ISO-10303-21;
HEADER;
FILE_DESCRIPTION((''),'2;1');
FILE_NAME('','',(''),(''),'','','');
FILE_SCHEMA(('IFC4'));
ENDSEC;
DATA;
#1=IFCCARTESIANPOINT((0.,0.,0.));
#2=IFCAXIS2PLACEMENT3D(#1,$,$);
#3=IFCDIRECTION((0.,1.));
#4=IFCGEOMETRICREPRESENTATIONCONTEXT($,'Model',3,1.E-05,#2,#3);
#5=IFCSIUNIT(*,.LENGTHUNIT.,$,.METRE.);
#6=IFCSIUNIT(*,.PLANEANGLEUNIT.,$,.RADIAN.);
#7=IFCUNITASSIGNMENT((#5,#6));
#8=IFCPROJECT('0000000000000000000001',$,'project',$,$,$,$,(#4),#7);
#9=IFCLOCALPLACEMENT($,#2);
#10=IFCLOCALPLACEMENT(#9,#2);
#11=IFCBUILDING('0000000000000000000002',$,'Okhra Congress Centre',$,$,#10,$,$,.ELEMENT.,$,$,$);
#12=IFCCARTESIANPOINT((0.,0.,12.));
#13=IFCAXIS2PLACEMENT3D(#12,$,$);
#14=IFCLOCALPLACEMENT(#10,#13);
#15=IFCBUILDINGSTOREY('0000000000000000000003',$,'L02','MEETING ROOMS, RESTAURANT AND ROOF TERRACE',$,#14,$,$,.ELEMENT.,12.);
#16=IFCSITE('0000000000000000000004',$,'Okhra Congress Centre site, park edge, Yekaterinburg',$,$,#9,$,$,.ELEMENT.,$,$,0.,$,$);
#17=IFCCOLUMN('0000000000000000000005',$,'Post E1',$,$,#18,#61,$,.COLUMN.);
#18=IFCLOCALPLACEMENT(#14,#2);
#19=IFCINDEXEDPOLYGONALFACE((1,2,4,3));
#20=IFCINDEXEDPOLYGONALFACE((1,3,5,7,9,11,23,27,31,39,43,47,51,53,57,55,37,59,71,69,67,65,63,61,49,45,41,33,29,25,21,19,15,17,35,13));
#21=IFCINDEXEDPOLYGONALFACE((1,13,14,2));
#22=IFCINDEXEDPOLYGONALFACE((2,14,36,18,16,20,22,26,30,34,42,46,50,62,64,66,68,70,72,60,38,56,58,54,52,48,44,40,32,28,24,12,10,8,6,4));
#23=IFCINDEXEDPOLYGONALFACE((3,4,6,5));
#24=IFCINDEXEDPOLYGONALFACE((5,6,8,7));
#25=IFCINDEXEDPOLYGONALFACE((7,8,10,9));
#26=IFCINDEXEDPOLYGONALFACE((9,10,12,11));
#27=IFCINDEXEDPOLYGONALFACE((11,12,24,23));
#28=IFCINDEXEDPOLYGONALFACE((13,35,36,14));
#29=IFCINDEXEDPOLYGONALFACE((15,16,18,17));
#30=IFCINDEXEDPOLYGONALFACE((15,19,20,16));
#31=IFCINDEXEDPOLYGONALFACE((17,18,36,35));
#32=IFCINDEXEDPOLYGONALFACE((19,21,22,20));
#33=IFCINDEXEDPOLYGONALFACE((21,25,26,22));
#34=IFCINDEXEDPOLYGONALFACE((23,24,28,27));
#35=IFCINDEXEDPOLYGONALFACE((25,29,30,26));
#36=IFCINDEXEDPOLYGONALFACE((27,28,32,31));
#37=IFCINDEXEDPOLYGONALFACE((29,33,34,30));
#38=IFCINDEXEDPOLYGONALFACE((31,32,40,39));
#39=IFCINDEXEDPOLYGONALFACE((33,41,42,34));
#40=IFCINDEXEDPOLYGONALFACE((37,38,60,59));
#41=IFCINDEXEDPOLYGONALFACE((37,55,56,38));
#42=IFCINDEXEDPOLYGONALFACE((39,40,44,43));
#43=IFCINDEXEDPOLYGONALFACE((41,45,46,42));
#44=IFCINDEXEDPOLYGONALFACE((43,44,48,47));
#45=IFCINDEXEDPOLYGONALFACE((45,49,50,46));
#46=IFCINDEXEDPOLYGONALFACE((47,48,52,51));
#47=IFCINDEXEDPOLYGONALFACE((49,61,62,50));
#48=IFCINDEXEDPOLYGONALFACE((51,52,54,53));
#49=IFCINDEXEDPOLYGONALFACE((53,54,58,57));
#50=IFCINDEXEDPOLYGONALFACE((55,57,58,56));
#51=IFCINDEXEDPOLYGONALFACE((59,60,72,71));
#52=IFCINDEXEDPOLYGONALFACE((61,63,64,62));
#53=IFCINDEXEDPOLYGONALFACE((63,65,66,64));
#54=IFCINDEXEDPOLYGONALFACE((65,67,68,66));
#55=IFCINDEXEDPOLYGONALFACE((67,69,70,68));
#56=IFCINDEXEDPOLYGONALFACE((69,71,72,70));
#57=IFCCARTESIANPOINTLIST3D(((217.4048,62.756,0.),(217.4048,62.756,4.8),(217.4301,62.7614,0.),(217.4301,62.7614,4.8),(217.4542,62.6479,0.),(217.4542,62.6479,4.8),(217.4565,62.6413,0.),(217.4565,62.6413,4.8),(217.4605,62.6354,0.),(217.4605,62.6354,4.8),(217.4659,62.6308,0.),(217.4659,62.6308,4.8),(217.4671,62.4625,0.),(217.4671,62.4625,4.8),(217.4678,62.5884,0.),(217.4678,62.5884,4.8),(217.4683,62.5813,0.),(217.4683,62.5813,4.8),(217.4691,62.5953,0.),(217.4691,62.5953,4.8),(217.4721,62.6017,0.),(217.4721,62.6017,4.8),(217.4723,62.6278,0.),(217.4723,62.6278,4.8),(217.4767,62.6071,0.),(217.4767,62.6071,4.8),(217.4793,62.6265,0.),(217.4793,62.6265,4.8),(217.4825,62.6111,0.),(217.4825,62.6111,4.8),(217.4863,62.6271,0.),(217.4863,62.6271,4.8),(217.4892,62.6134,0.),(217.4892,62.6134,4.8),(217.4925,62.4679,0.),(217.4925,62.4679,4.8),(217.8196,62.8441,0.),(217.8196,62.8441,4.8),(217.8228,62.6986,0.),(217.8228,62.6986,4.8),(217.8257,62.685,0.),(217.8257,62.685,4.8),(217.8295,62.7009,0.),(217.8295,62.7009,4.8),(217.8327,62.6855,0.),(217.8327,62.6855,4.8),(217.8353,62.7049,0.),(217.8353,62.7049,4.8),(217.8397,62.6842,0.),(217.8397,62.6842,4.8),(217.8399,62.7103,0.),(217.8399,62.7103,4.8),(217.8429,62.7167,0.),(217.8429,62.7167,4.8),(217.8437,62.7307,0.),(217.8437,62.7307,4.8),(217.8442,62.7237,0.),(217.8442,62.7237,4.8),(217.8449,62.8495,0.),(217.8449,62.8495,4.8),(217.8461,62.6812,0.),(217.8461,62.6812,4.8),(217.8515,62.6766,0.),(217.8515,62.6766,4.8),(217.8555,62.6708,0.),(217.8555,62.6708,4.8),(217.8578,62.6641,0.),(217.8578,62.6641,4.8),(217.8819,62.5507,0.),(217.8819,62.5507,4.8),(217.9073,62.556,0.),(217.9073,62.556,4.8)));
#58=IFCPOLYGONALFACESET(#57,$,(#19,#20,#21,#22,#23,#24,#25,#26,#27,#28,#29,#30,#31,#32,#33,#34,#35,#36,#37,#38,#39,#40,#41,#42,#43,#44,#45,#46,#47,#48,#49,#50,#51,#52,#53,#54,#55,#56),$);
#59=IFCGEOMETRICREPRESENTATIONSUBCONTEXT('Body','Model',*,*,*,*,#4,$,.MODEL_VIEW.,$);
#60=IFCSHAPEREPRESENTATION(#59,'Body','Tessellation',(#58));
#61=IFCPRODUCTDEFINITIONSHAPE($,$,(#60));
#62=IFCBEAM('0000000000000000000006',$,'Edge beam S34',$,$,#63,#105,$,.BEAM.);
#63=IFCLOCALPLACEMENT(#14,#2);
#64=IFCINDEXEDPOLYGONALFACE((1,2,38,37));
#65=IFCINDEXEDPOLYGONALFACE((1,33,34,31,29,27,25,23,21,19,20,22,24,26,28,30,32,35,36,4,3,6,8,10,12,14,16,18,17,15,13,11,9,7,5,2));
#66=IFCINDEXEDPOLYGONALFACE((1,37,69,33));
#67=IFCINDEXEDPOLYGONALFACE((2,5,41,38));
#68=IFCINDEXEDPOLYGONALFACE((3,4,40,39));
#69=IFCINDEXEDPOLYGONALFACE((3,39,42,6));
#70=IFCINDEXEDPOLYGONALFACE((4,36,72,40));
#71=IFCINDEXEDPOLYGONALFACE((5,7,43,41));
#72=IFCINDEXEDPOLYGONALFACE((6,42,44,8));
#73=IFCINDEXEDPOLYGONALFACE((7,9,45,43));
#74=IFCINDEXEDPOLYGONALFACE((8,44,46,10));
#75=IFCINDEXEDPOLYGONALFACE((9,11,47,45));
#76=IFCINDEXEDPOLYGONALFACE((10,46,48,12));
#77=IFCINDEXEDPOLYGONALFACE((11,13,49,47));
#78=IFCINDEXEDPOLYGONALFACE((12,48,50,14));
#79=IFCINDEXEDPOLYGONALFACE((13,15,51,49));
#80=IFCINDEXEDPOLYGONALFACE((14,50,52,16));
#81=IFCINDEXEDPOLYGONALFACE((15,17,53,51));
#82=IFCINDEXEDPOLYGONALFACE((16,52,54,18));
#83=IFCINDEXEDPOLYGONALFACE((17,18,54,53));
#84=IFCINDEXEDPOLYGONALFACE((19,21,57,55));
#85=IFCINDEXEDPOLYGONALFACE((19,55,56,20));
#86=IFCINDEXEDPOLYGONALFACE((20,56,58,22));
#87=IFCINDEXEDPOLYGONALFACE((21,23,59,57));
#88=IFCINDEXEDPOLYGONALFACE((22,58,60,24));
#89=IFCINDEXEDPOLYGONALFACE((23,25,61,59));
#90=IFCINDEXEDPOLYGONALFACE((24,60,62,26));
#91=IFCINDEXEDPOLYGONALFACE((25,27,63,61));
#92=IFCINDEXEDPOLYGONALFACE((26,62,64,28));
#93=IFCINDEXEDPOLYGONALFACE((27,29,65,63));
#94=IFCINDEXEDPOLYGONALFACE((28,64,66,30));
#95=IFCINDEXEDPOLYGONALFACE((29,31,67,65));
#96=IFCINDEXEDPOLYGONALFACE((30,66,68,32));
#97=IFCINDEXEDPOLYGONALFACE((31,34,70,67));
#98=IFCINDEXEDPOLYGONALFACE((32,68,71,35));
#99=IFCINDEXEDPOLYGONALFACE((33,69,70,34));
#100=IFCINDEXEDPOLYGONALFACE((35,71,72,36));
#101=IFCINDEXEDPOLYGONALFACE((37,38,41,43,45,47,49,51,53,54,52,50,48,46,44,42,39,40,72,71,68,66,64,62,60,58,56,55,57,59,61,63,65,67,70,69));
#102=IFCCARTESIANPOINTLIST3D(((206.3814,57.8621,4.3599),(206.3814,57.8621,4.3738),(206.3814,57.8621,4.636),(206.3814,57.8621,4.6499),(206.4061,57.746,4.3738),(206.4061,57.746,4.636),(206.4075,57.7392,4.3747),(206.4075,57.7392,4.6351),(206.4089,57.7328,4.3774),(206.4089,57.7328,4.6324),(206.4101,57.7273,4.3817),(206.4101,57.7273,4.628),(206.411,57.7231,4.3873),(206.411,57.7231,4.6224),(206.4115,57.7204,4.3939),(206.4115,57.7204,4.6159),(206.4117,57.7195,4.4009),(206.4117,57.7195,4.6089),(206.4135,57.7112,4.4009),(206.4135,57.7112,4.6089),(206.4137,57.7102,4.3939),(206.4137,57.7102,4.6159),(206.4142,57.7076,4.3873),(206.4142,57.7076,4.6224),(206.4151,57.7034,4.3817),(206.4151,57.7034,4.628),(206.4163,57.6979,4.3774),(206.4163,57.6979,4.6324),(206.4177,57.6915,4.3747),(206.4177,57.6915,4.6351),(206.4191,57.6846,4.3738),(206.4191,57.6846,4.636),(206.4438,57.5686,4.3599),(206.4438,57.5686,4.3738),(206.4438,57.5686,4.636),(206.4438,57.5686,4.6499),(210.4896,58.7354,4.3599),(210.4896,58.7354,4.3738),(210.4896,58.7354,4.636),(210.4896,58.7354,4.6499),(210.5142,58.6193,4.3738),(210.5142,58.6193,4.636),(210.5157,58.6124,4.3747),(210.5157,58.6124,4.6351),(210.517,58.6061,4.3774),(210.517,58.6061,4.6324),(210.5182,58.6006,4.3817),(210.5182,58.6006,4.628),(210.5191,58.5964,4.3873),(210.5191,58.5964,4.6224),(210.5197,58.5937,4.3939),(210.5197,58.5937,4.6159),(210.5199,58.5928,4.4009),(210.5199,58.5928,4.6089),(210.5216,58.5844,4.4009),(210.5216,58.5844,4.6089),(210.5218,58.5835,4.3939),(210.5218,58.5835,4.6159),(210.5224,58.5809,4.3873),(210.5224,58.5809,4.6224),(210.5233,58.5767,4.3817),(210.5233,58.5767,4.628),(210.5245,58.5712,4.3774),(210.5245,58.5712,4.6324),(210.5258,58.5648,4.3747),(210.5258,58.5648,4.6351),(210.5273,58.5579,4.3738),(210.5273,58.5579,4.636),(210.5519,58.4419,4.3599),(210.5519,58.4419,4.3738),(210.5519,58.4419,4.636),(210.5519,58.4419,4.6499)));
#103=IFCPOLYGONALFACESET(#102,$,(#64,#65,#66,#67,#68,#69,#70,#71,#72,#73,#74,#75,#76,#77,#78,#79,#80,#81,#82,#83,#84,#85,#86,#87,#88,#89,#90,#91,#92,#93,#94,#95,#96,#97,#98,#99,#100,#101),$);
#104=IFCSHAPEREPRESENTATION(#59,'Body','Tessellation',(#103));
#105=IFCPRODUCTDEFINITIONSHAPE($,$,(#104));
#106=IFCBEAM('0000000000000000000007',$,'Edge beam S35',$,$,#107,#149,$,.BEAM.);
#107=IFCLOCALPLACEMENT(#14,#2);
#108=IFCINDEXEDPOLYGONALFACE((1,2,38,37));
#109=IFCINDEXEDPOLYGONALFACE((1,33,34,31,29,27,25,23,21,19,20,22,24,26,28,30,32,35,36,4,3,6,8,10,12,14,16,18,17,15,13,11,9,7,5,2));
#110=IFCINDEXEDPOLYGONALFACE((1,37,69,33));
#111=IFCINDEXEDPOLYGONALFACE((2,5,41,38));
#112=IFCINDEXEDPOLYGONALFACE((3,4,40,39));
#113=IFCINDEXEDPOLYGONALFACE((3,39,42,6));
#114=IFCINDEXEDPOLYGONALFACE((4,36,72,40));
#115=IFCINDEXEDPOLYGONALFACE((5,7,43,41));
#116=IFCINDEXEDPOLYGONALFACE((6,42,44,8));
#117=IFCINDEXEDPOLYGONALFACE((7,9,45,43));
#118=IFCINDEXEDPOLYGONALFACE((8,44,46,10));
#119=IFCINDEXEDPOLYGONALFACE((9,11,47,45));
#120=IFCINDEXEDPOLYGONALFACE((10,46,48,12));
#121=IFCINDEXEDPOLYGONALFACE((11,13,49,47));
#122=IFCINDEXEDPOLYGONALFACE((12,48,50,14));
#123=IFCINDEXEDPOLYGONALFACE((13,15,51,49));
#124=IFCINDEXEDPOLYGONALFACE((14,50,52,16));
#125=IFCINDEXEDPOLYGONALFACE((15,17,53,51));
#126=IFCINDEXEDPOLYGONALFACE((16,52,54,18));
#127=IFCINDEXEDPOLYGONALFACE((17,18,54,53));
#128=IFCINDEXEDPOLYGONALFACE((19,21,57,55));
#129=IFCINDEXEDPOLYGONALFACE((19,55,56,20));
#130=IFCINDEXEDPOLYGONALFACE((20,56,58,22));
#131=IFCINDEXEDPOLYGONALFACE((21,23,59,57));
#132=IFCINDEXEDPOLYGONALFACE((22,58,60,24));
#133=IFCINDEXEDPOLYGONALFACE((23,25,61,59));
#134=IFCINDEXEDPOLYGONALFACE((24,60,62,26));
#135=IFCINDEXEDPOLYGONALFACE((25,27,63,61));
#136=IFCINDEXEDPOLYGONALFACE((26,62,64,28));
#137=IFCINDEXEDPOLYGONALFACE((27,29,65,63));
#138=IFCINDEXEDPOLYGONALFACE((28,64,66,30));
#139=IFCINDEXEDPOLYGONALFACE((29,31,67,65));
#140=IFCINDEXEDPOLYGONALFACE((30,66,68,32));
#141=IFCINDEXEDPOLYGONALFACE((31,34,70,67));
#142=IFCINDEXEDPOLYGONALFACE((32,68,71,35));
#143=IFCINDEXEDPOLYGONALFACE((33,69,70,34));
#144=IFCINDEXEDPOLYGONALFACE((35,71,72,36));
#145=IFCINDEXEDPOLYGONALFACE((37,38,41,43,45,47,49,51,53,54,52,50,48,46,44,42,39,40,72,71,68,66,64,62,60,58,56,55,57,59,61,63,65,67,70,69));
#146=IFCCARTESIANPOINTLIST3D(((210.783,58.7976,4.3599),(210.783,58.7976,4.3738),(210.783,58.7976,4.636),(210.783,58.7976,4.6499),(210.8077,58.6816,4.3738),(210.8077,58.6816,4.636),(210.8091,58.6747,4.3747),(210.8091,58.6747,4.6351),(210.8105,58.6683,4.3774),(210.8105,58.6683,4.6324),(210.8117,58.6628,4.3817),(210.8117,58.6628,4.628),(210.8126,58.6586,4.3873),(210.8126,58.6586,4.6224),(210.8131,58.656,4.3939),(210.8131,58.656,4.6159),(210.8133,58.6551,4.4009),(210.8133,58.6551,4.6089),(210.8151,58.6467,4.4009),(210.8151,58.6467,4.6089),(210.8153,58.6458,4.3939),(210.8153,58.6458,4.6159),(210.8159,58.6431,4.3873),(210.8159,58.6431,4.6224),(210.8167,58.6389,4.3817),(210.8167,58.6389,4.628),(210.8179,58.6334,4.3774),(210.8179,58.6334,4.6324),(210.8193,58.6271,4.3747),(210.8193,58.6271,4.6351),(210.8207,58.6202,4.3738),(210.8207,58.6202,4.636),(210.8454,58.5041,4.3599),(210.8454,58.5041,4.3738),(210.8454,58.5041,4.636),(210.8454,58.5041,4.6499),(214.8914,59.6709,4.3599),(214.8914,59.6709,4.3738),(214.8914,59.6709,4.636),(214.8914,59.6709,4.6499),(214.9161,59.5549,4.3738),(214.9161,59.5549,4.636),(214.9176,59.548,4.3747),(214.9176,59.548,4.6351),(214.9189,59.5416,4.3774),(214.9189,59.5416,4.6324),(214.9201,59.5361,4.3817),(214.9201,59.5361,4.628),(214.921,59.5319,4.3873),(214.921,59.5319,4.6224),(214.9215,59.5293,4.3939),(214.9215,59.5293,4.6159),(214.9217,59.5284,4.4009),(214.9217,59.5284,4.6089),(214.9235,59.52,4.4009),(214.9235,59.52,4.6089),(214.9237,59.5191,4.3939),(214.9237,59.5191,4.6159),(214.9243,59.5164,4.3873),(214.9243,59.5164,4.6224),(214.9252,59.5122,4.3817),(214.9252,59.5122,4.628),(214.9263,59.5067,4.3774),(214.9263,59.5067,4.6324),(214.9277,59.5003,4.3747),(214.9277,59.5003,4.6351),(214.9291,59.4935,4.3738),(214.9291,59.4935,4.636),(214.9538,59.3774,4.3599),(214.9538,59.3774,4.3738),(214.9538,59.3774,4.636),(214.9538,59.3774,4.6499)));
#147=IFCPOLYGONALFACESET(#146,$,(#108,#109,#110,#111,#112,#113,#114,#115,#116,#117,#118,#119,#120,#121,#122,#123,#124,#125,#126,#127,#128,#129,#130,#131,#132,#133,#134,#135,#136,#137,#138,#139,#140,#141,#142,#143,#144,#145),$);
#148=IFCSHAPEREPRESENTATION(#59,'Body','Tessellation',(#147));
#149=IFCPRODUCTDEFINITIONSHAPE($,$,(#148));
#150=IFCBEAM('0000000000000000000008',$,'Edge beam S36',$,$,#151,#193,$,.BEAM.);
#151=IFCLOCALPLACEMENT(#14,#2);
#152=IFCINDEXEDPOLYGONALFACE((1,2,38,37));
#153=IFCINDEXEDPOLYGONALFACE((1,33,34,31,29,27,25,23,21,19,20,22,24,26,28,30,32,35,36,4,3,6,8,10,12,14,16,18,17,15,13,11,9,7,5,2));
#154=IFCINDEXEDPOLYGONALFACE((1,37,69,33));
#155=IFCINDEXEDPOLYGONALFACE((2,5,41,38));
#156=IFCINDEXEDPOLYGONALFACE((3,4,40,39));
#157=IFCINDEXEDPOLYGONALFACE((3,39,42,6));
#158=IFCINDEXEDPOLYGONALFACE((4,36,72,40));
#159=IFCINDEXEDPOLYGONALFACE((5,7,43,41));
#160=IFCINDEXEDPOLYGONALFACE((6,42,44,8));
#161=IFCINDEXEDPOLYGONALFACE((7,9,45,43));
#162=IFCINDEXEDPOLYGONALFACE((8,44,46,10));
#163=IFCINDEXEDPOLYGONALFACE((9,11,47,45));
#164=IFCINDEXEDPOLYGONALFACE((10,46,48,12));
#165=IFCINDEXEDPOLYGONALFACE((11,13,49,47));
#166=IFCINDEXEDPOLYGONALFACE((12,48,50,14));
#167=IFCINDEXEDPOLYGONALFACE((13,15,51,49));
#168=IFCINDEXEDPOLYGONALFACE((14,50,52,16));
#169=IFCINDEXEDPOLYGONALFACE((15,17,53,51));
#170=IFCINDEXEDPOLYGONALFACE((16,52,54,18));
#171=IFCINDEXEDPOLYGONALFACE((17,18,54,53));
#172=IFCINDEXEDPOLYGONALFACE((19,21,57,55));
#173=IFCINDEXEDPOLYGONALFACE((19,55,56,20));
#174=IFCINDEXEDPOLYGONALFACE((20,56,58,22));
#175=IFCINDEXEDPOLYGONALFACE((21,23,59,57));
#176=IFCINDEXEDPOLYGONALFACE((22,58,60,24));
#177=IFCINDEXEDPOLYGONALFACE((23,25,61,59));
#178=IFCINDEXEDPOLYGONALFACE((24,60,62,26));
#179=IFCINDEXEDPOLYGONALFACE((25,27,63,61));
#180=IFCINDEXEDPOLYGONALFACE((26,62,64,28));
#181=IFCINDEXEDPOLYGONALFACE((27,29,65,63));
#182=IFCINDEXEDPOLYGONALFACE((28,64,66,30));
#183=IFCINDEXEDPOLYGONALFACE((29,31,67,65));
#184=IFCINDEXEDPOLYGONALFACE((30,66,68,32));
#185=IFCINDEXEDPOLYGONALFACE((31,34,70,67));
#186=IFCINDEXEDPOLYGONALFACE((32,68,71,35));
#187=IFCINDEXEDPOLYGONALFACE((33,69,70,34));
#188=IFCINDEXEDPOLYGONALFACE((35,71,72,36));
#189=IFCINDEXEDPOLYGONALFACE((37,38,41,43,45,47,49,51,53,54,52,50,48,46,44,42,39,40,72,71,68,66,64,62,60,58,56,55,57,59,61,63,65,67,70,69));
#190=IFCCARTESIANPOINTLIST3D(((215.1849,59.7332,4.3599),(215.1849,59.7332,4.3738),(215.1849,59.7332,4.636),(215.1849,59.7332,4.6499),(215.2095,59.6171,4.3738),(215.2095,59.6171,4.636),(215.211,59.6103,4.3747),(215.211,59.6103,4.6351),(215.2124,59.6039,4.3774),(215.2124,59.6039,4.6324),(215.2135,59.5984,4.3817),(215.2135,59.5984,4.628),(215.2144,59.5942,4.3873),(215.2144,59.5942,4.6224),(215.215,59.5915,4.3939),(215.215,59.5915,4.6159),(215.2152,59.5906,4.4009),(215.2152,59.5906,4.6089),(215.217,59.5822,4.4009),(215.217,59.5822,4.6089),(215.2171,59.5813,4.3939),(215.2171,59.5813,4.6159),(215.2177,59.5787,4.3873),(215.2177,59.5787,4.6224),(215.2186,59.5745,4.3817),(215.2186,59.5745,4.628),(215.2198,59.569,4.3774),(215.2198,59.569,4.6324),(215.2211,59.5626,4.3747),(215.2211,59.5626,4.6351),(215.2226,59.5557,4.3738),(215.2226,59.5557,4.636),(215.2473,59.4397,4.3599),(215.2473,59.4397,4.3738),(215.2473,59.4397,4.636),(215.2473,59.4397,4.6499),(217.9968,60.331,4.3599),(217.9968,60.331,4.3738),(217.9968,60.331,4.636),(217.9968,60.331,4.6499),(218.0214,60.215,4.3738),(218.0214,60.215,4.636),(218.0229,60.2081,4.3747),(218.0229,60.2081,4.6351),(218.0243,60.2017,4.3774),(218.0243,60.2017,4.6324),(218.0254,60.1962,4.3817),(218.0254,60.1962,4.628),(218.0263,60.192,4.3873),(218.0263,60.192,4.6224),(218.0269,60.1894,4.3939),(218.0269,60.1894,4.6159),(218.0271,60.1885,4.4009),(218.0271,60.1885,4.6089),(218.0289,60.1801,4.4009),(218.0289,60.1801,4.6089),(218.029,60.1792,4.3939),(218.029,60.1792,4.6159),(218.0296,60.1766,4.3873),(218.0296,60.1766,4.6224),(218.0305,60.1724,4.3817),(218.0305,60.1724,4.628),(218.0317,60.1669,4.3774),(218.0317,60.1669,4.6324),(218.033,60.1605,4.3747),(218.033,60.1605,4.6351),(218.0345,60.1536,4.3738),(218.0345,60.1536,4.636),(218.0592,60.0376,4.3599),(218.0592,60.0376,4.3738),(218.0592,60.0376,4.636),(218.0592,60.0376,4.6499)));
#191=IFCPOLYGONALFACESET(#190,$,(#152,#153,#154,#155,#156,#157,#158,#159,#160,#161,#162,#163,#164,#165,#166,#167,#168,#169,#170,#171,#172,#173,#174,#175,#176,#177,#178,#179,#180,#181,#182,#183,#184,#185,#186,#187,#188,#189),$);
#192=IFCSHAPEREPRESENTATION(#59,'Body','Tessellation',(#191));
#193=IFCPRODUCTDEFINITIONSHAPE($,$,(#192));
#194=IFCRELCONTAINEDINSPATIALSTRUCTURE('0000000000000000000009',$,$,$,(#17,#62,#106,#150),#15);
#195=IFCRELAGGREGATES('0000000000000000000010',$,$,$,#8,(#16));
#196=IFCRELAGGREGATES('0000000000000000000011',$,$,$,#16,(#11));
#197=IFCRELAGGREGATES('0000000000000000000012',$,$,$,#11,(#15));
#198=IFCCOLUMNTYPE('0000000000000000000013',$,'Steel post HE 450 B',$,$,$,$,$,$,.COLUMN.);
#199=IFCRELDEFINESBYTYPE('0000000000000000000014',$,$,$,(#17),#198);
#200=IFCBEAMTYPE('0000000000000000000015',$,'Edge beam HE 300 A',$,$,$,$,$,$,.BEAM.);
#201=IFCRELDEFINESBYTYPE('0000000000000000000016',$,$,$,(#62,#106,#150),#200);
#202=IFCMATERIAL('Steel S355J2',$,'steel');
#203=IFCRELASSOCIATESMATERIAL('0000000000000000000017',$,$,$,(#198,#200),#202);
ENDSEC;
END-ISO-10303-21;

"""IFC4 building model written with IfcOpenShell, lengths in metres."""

from ifc_helpers import new_model, si_unit, direction, frame, origin, origin_2d, place, context, subcontext, project, spatial, i_section, extrude, material, material_profile, profile_set, type_object, element, save


model = new_model("IFC4")

# Units and contexts
model_context = context("Model", 3, precision=1e-05, world=origin(), true_north=direction((0.0, 1.0)))
body_context = subcontext(model_context, "Body", "Model", "MODEL_VIEW")
ifc_project = project(units=[si_unit("LENGTHUNIT", "METRE"), si_unit("PLANEANGLEUNIT", "RADIAN")], contexts=[model_context])

# Site, building, storey
site_placement = place(None, origin())
site = spatial("IfcSite", under=ifc_project, at=site_placement, Name="Okhra Congress Centre site, park edge, Yekaterinburg", CompositionType="ELEMENT", RefElevation=0.0)
building_placement = place(site_placement, origin())
building = spatial("IfcBuilding", under=site, at=building_placement, Name="Okhra Congress Centre", CompositionType="ELEMENT")
storey_placement = place(building_placement, frame((0.0, 0.0, 12.0)))
storey = spatial("IfcBuildingStorey", under=building, at=storey_placement, Name="L02", Description="MEETING ROOMS, RESTAURANT AND ROOF TERRACE", CompositionType="ELEMENT", Elevation=12.0)

# Column
ifc_material_1 = material(Name="Steel S355J2", Category="steel")
ifc_material_profile_1 = material_profile(ifc_material_1, i_section(OverallWidth=0.3, OverallDepth=0.45, WebThickness=0.0139, FlangeThickness=0.0259, FilletRadius=0.0271, at=origin_2d()), Name="HE 450 B")
ifc_profile_set_1 = profile_set([ifc_material_profile_1], Name="Steel S355J2")
column_type = type_object("IfcColumnType", Name="Steel post HE 450 B", PredefinedType="COLUMN", material=ifc_profile_set_1)
for number, where, z_axis, x_axis, name in (
    (1, (217.656, 62.656, 0.0), (0.0, 0.0, 1.0), (-0.207912, 0.978148, 0.0), "Post E1"),
):
    element("IfcColumn", number, at=place(storey_placement, frame(where, z_axis=z_axis, x_axis=x_axis)), inside=storey, type_object=column_type, Name=name, PredefinedType="COLUMN", context=body_context, shape_type="SweptSolid", body=[
        extrude(i_section(OverallWidth=0.3, OverallDepth=0.45, WebThickness=0.0139, FlangeThickness=0.0259, FilletRadius=0.0271, at=origin_2d()), origin(), (0.0, 0.0, 1.0), 4.8),
    ])

# Beams
ifc_material_profile_2 = material_profile(ifc_material_1, i_section(OverallWidth=0.3, OverallDepth=0.29, WebThickness=0.0085, FlangeThickness=0.0139, FilletRadius=0.0271, at=origin_2d()), Name="HE 300 A")
ifc_profile_set_2 = profile_set([ifc_material_profile_2], Name="Steel S355J2")
beam_type_1 = type_object("IfcBeamType", Name="Edge beam HE 300 A", PredefinedType="BEAM", material=ifc_profile_set_2)
beam_1_placement = place(storey_placement, frame((206.4126, 57.7153, 4.5049), z_axis=(0.978144, 0.207929, 0.0), x_axis=(-0.207929, 0.978144, 0.0)))
element("IfcBeam", 2, at=beam_1_placement, inside=storey, type_object=beam_type_1, Name="Edge beam S34", PredefinedType="BEAM", context=body_context, shape_type="SweptSolid", body=[
    extrude(i_section(OverallWidth=0.3, OverallDepth=0.29, WebThickness=0.0085, FlangeThickness=0.0139, FilletRadius=0.0271, at=origin_2d()), origin(), (0.0, 0.0, 1.0), 4.2),
])
beam_2_placement = place(storey_placement, frame((210.8142, 58.6509, 4.5049), z_axis=(0.978146, 0.207917, 0.0), x_axis=(-0.207917, 0.978146, 0.0)))
element("IfcBeam", 3, at=beam_2_placement, inside=storey, type_object=beam_type_1, Name="Edge beam S35", PredefinedType="BEAM", context=body_context, shape_type="SweptSolid", body=[
    extrude(i_section(OverallWidth=0.3, OverallDepth=0.29, WebThickness=0.0085, FlangeThickness=0.0139, FilletRadius=0.0271, at=origin_2d()), origin(), (0.0, 0.0, 1.0), 4.2002),
])
beam_3_placement = place(storey_placement, frame((215.2161, 59.5864, 4.5049), z_axis=(0.978134, 0.207975, 0.0), x_axis=(-0.207975, 0.978134, 0.0)))
element("IfcBeam", 4, at=beam_3_placement, inside=storey, type_object=beam_type_1, Name="Edge beam S36", PredefinedType="BEAM", context=body_context, shape_type="SweptSolid", body=[
    extrude(i_section(OverallWidth=0.3, OverallDepth=0.29, WebThickness=0.0085, FlangeThickness=0.0139, FilletRadius=0.0271, at=origin_2d()), origin(), (0.0, 0.0, 1.0), 2.8748),
])

save(model, "model.ifc")
